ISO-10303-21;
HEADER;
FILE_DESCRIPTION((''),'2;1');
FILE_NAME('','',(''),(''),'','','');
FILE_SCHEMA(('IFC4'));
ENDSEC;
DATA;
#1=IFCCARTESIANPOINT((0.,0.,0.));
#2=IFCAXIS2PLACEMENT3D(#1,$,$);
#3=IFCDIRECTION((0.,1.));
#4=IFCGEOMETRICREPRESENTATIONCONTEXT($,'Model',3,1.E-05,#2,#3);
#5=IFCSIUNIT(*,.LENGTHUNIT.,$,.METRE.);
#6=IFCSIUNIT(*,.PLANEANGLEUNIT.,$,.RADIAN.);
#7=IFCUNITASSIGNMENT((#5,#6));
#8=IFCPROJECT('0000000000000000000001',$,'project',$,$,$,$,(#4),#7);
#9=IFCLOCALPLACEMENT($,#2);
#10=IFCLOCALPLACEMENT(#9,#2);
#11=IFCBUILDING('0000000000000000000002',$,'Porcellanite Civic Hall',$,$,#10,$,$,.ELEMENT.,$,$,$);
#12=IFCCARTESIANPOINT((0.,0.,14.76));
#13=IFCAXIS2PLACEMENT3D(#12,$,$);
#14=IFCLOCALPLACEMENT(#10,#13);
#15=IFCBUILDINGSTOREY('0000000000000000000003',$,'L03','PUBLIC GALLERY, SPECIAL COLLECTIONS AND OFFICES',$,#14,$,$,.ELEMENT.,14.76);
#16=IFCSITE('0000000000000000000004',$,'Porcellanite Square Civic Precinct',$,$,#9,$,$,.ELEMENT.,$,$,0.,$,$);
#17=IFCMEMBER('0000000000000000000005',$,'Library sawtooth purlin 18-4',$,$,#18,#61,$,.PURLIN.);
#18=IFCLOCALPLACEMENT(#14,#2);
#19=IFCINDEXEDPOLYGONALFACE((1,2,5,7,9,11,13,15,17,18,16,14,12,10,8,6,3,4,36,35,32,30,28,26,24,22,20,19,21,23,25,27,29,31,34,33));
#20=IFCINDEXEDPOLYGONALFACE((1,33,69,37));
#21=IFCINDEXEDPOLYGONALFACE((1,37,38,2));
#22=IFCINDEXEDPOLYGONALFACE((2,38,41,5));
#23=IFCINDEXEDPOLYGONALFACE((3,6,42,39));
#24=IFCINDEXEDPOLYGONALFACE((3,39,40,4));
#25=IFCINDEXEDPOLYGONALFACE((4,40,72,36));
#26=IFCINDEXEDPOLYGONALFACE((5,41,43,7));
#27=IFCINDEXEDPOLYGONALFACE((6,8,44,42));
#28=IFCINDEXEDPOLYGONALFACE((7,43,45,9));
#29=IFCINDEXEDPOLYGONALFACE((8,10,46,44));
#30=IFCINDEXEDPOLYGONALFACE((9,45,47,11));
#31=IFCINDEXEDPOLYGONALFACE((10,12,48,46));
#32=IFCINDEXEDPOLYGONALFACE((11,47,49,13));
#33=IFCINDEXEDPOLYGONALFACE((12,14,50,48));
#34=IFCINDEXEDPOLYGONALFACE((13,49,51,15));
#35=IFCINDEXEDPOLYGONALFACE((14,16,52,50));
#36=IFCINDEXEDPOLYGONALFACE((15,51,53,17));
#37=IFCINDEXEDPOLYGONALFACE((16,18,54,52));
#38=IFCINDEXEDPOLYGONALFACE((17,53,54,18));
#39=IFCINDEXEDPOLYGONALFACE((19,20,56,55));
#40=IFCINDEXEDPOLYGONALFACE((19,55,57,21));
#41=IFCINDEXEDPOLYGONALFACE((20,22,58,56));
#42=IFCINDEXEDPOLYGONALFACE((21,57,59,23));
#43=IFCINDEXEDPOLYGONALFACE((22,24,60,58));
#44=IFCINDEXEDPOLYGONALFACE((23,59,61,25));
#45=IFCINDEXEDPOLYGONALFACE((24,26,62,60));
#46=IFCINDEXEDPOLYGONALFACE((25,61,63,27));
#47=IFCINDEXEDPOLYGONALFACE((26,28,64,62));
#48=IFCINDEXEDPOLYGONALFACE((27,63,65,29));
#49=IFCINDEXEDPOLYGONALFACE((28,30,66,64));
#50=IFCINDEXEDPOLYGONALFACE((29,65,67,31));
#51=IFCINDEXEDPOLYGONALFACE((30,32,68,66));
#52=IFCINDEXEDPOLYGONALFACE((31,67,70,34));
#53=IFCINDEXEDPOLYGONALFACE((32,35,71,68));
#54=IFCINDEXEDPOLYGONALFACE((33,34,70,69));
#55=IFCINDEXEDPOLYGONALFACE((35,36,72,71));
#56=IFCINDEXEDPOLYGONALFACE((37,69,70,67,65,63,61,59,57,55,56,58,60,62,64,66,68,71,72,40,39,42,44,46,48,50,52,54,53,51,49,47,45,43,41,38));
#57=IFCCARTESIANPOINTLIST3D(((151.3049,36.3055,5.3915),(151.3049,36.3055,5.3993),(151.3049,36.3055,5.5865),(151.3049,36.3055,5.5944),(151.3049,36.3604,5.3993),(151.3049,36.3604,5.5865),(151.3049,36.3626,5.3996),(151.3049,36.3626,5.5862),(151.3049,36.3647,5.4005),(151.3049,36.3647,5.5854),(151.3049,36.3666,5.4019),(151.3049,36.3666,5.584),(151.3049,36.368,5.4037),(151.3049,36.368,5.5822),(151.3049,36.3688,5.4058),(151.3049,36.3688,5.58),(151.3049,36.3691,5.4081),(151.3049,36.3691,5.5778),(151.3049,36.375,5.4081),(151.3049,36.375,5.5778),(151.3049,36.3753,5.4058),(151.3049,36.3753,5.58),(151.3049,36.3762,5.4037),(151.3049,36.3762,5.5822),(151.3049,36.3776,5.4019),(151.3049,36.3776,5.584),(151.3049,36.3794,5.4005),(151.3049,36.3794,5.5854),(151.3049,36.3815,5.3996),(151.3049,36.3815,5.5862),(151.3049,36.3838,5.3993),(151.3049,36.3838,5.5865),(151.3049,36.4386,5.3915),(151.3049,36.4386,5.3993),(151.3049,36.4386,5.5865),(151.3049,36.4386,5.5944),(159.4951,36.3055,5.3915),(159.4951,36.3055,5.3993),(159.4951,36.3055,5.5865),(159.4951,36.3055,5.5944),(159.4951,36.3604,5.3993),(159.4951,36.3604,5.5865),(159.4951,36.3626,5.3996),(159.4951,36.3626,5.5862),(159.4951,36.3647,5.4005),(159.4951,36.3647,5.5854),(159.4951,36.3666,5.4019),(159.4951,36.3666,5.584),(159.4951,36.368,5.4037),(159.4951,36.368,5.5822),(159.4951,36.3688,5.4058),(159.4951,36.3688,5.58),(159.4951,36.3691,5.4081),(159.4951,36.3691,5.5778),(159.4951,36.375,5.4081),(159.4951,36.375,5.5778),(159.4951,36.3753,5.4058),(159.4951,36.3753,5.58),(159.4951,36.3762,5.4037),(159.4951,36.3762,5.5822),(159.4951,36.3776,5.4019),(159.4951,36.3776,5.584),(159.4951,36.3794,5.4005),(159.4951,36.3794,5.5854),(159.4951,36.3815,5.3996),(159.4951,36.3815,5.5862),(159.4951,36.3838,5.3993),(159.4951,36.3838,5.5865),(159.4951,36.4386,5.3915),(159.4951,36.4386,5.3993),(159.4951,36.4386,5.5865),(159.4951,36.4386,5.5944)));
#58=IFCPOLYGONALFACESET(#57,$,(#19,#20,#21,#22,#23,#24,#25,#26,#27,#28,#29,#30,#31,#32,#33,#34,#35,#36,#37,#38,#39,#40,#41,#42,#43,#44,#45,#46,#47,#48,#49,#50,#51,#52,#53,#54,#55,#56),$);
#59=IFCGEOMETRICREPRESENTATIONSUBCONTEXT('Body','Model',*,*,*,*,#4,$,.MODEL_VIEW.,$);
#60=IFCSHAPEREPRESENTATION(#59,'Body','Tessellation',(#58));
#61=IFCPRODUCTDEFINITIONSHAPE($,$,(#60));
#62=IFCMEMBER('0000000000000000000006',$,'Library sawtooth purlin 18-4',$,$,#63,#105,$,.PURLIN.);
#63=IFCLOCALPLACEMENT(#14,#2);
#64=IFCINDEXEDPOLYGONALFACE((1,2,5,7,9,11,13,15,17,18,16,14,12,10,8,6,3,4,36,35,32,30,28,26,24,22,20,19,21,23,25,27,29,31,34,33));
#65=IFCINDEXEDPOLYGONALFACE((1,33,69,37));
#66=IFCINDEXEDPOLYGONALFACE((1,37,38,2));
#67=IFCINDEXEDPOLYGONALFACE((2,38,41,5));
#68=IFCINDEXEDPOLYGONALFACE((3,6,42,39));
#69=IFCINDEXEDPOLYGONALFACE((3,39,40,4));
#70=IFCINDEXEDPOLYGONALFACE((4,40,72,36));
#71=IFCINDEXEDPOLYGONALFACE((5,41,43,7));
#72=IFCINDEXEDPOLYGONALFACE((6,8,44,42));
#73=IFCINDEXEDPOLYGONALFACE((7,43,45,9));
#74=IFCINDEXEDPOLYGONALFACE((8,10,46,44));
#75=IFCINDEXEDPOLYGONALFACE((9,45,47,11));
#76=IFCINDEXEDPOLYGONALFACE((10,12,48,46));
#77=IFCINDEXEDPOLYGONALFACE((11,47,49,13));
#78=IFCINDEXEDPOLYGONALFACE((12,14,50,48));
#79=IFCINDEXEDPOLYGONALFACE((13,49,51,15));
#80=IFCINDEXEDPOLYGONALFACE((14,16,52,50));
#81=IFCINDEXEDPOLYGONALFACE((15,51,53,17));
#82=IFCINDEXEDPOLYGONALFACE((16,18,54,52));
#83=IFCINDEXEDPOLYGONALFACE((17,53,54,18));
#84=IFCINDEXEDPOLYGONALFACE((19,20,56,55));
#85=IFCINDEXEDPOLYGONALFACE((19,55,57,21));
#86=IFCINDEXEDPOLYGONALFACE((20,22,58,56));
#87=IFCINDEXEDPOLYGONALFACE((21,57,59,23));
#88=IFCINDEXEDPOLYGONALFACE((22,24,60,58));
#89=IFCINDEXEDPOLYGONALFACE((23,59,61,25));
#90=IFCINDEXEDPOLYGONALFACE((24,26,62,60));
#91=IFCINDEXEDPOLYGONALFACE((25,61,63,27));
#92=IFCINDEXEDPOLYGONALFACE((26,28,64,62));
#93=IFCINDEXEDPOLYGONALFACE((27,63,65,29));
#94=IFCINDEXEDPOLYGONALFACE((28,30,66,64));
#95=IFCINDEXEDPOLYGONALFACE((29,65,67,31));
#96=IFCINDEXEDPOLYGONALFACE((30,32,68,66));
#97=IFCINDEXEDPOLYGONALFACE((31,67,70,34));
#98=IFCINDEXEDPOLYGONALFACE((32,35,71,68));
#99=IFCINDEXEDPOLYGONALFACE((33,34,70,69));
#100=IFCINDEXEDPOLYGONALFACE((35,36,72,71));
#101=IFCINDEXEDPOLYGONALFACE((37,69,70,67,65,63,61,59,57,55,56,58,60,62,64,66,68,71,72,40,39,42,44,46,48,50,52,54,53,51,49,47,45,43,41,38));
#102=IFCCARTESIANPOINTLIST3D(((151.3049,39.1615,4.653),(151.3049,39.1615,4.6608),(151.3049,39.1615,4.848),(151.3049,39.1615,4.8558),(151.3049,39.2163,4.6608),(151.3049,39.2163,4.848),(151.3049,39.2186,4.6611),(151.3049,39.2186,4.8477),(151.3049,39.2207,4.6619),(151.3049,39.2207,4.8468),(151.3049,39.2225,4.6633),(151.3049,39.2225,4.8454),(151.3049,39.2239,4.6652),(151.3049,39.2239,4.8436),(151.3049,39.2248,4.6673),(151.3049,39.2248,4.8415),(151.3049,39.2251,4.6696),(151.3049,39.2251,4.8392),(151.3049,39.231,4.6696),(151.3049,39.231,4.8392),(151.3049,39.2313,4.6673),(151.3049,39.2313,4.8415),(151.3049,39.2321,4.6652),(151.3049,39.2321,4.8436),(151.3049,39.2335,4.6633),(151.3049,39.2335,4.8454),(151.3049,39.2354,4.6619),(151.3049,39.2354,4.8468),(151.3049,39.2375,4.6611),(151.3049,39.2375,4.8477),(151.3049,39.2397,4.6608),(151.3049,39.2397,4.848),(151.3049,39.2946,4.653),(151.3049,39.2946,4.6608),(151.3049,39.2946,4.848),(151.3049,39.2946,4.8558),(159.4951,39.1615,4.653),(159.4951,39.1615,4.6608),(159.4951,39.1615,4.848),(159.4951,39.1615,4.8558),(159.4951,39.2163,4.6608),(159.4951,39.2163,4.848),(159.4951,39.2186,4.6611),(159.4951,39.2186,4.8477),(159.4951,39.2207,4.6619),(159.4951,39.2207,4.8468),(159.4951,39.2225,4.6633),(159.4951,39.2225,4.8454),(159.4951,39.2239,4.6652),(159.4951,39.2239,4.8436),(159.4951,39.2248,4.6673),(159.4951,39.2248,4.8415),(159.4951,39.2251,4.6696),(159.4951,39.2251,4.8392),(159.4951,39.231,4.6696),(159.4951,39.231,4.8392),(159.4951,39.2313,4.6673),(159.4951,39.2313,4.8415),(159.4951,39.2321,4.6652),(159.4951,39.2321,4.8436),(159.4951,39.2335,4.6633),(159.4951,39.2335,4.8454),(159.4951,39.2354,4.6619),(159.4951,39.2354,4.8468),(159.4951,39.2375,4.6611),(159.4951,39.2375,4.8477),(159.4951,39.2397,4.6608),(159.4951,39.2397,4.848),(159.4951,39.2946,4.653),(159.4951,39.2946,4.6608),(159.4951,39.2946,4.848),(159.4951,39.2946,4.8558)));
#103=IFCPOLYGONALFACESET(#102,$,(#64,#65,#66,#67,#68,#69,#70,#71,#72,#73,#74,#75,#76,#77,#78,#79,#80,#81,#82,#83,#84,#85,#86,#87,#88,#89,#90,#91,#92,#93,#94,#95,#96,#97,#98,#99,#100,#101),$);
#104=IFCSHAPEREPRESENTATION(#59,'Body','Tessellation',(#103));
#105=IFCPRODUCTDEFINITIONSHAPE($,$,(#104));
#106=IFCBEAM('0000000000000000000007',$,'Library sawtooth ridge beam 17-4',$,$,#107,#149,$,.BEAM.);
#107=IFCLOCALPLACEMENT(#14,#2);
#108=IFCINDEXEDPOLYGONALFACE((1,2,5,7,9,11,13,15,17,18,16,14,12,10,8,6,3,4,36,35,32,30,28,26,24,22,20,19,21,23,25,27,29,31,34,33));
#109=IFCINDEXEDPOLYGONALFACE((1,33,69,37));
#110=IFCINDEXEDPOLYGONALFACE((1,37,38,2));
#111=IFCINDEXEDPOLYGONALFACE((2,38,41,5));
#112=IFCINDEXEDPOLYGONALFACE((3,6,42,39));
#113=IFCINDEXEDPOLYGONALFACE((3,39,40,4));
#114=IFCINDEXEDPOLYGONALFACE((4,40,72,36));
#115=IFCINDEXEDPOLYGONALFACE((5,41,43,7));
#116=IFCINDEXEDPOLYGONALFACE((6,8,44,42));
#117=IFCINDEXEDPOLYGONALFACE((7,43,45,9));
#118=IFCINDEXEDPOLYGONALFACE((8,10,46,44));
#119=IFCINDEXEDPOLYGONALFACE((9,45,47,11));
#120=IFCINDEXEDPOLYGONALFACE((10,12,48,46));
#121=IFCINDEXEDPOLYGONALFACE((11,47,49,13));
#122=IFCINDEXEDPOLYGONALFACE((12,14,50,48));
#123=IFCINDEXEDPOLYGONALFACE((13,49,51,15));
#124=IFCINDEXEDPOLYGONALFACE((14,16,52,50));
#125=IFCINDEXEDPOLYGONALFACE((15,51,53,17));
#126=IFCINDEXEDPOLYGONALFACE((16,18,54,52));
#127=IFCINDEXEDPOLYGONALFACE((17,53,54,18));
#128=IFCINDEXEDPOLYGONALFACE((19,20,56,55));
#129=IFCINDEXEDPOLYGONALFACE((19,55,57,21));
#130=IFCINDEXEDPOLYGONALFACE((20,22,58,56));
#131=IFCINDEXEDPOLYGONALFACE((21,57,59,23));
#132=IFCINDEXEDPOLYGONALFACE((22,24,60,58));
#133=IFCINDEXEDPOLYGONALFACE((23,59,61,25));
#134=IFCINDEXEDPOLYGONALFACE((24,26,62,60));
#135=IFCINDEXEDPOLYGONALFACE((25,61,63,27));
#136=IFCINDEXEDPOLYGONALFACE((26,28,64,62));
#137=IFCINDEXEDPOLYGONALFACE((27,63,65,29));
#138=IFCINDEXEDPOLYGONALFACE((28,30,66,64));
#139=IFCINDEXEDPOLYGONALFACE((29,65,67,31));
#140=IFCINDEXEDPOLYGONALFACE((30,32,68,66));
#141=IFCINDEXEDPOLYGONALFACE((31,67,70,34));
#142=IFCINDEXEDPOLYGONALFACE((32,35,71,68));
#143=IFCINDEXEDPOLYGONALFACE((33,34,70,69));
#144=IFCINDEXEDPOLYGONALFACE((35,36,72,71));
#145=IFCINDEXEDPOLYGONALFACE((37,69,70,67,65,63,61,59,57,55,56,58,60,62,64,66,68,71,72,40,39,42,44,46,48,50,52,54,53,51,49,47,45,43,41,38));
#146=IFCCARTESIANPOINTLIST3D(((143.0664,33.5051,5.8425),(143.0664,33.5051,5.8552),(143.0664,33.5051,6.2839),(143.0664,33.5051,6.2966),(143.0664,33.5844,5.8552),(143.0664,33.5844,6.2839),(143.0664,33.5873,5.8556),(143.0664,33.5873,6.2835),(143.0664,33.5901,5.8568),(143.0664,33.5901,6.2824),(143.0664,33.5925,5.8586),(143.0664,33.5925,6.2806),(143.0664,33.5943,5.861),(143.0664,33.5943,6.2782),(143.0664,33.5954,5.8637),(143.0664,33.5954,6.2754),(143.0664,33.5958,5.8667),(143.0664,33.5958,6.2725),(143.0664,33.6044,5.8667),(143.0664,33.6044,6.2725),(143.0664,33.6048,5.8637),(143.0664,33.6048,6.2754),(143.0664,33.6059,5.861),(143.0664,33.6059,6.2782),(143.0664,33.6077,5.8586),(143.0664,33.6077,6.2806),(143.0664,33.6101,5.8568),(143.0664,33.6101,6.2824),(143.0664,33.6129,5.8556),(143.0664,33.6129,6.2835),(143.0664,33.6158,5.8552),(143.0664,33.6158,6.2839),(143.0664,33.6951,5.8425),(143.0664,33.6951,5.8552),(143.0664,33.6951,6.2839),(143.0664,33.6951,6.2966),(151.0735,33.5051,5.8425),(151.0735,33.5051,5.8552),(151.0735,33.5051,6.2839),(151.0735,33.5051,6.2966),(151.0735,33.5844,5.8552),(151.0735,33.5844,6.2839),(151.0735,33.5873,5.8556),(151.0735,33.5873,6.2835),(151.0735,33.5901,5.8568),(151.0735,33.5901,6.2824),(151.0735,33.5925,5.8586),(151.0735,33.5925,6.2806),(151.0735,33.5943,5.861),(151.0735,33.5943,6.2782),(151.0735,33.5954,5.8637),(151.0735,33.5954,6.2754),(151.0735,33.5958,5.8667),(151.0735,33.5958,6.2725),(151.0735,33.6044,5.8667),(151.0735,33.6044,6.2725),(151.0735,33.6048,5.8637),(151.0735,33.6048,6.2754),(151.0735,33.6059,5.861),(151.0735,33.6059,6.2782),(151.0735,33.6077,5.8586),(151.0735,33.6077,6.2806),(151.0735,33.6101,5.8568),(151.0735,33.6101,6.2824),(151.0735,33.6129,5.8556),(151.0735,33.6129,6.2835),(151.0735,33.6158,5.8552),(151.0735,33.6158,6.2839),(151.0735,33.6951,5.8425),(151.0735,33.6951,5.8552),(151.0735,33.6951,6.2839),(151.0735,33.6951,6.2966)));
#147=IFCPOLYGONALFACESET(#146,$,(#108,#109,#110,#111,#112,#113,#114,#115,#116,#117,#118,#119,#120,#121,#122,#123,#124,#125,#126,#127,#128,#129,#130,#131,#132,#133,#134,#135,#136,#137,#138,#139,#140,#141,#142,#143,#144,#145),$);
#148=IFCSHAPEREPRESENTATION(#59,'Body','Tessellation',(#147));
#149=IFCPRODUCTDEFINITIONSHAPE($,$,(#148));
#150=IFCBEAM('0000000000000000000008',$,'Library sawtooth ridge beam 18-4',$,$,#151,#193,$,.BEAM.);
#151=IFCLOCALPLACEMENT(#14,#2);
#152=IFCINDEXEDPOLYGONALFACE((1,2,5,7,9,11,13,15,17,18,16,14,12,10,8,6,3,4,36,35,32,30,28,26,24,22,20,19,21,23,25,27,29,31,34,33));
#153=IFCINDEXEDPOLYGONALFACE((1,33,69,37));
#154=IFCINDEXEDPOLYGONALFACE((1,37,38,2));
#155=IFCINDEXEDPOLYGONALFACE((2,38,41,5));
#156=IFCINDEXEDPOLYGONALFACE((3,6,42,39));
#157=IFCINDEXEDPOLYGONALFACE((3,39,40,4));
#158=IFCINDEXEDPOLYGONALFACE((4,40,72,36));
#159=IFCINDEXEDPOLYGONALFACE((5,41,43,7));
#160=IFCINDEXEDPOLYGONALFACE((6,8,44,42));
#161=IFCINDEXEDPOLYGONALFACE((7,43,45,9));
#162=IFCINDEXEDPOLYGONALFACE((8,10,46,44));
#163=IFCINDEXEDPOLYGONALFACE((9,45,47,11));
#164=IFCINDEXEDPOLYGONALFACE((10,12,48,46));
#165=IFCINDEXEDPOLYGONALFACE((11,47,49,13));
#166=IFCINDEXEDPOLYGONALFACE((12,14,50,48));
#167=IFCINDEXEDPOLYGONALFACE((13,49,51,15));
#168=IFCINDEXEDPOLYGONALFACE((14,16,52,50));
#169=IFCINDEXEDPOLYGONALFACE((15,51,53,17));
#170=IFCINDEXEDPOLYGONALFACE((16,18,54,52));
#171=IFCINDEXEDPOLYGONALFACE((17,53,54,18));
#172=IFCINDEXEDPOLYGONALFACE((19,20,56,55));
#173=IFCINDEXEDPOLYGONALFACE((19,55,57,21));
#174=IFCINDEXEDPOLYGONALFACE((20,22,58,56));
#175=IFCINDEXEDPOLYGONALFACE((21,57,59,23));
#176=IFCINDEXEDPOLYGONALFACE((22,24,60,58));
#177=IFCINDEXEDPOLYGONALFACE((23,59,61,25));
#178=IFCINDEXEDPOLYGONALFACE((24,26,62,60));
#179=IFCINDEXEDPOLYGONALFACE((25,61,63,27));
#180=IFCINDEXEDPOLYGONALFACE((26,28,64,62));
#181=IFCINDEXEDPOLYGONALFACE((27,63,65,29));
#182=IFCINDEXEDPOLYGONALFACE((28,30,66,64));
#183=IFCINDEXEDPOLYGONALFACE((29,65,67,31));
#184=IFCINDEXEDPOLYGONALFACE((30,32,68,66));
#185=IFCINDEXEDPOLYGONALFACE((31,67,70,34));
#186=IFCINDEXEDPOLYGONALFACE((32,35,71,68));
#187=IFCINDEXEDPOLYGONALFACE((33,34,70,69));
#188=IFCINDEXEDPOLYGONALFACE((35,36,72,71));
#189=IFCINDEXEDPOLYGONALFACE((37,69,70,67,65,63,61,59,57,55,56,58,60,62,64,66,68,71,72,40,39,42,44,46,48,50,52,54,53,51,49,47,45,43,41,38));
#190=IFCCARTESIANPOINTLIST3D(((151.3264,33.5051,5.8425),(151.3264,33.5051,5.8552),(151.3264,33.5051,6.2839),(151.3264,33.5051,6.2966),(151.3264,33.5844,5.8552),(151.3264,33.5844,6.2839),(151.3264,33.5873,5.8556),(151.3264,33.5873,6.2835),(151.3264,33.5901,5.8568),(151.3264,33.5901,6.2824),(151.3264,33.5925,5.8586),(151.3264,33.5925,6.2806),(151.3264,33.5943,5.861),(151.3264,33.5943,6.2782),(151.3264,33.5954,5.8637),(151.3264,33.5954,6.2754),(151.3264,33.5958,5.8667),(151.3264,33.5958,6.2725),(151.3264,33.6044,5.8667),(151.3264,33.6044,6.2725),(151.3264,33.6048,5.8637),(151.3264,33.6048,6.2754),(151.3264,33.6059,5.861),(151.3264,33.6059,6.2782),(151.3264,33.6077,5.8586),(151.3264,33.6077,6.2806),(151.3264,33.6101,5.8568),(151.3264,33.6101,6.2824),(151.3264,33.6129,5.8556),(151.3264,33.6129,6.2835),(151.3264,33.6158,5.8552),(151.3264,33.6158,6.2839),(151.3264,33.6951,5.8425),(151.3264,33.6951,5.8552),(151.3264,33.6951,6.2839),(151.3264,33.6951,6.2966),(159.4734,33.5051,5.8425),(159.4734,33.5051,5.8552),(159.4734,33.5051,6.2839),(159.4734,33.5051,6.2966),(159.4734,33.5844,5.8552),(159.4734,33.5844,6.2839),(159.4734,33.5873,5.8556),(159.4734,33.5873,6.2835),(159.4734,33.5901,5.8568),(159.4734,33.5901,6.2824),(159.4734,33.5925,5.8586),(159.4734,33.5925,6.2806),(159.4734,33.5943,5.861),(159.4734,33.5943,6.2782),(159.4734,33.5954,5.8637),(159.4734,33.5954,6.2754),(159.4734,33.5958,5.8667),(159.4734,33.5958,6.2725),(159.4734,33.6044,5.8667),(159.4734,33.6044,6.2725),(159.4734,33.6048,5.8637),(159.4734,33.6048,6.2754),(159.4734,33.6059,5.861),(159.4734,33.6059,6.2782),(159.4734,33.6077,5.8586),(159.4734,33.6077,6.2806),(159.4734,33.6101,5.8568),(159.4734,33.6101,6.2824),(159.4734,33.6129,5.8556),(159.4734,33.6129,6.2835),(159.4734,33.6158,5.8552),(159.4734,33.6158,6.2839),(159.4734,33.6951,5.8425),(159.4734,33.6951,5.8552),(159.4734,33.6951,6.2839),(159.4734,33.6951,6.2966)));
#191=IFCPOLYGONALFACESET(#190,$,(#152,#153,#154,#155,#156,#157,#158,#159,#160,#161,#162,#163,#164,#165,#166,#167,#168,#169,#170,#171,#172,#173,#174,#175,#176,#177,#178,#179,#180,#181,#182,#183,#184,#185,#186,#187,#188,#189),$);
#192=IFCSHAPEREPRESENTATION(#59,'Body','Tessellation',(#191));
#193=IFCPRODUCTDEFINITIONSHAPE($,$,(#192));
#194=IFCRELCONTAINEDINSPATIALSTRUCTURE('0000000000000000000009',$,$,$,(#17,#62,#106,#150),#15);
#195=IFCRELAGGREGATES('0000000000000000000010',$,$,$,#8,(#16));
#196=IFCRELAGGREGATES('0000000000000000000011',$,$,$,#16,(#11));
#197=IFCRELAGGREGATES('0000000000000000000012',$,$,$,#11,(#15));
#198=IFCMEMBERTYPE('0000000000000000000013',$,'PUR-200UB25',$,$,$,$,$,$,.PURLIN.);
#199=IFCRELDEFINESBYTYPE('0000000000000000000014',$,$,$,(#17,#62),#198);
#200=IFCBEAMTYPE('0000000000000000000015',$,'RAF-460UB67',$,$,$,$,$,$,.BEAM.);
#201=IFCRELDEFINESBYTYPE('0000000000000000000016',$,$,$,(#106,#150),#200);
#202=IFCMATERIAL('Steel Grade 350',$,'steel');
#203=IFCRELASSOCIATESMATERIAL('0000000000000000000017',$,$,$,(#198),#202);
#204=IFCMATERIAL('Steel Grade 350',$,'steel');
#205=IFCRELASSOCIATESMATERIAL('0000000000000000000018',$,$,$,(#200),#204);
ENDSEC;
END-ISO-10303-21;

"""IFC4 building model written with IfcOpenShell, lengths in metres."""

from ifc_helpers import new_model, si_unit, direction, frame, origin, origin_2d, place, context, subcontext, project, spatial, i_section, extrude, material, material_profile, profile_set, type_object, element, save


model = new_model("IFC4")

# Units and contexts
model_context = context("Model", 3, precision=1e-05, world=origin(), true_north=direction((0.0, 1.0)))
body_context = subcontext(model_context, "Body", "Model", "MODEL_VIEW")
ifc_project = project(units=[si_unit("LENGTHUNIT", "METRE"), si_unit("PLANEANGLEUNIT", "RADIAN")], contexts=[model_context])

# Site, building, storey
site_placement = place(None, origin())
site = spatial("IfcSite", under=ifc_project, at=site_placement, Name="Porcellanite Square Civic Precinct", CompositionType="ELEMENT", RefElevation=0.0)
building_placement = place(site_placement, origin())
building = spatial("IfcBuilding", under=site, at=building_placement, Name="Porcellanite Civic Hall", CompositionType="ELEMENT")
storey_placement = place(building_placement, frame((0.0, 0.0, 14.76)))
storey = spatial("IfcBuildingStorey", under=building, at=storey_placement, Name="L03", Description="PUBLIC GALLERY, SPECIAL COLLECTIONS AND OFFICES", CompositionType="ELEMENT", Elevation=14.76)

# Members
ifc_material_1 = material(Name="Steel Grade 350", Category="steel")
ifc_material_profile_1 = material_profile(ifc_material_1, i_section(OverallWidth=0.1331, OverallDepth=0.2029, WebThickness=0.0059, FlangeThickness=0.0078, FilletRadius=0.0088, at=origin_2d()), Name="200UB25.4")
ifc_profile_set_1 = profile_set([ifc_material_profile_1], Name="Steel Grade 350")
member_type_1 = type_object("IfcMemberType", Name="PUR-200UB25", PredefinedType="PURLIN", material=ifc_profile_set_1)
for number, where, z_axis, x_axis, name in (
    (1, (151.3049, 36.3721, 5.4929), (1.0, 0.0, 0.0), (0.0, 1.0, 0.0), "Library sawtooth purlin 18-4"),
    (2, (151.3049, 39.228, 4.7544), (1.0, 0.0, 0.0), (0.0, 1.0, 0.0), "Library sawtooth purlin 18-4"),
):
    element("IfcMember", number, at=place(storey_placement, frame(where, z_axis=z_axis, x_axis=x_axis)), inside=storey, type_object=member_type_1, Name=name, PredefinedType="PURLIN", context=body_context, shape_type="SweptSolid", body=[
        extrude(i_section(OverallWidth=0.1331, OverallDepth=0.2029, WebThickness=0.0059, FlangeThickness=0.0078, FilletRadius=0.0088, at=origin_2d()), origin(), (0.0, 0.0, 1.0), 8.1902),
    ])

# Beams
ifc_material_2 = material(Name="Steel Grade 350", Category="steel")
ifc_material_profile_2 = material_profile(ifc_material_2, i_section(OverallWidth=0.1899, OverallDepth=0.4541, WebThickness=0.0085, FlangeThickness=0.0127, FilletRadius=0.0115, at=origin_2d()), Name="460UB67.1")
ifc_profile_set_2 = profile_set([ifc_material_profile_2], Name="Steel Grade 350")
beam_type_1 = type_object("IfcBeamType", Name="RAF-460UB67", PredefinedType="BEAM", material=ifc_profile_set_2)
beam_1_placement = place(storey_placement, frame((143.0664, 33.6001, 6.0696), z_axis=(1.0, 0.0, 0.0), x_axis=(0.0, 1.0, 0.0)))
element("IfcBeam", 3, at=beam_1_placement, inside=storey, type_object=beam_type_1, Name="Library sawtooth ridge beam 17-4", PredefinedType="BEAM", context=body_context, shape_type="SweptSolid", body=[
    extrude(i_section(OverallWidth=0.1899, OverallDepth=0.4541, WebThickness=0.0085, FlangeThickness=0.0127, FilletRadius=0.0115, at=origin_2d()), origin(), (0.0, 0.0, 1.0), 8.0071),
])
beam_2_placement = place(storey_placement, frame((151.3264, 33.6001, 6.0696), z_axis=(1.0, 0.0, 0.0), x_axis=(0.0, 1.0, 0.0)))
element("IfcBeam", 4, at=beam_2_placement, inside=storey, type_object=beam_type_1, Name="Library sawtooth ridge beam 18-4", PredefinedType="BEAM", context=body_context, shape_type="SweptSolid", body=[
    extrude(i_section(OverallWidth=0.1899, OverallDepth=0.4541, WebThickness=0.0085, FlangeThickness=0.0127, FilletRadius=0.0115, at=origin_2d()), origin(), (0.0, 0.0, 1.0), 8.147),
])

save(model, "model.ifc")
